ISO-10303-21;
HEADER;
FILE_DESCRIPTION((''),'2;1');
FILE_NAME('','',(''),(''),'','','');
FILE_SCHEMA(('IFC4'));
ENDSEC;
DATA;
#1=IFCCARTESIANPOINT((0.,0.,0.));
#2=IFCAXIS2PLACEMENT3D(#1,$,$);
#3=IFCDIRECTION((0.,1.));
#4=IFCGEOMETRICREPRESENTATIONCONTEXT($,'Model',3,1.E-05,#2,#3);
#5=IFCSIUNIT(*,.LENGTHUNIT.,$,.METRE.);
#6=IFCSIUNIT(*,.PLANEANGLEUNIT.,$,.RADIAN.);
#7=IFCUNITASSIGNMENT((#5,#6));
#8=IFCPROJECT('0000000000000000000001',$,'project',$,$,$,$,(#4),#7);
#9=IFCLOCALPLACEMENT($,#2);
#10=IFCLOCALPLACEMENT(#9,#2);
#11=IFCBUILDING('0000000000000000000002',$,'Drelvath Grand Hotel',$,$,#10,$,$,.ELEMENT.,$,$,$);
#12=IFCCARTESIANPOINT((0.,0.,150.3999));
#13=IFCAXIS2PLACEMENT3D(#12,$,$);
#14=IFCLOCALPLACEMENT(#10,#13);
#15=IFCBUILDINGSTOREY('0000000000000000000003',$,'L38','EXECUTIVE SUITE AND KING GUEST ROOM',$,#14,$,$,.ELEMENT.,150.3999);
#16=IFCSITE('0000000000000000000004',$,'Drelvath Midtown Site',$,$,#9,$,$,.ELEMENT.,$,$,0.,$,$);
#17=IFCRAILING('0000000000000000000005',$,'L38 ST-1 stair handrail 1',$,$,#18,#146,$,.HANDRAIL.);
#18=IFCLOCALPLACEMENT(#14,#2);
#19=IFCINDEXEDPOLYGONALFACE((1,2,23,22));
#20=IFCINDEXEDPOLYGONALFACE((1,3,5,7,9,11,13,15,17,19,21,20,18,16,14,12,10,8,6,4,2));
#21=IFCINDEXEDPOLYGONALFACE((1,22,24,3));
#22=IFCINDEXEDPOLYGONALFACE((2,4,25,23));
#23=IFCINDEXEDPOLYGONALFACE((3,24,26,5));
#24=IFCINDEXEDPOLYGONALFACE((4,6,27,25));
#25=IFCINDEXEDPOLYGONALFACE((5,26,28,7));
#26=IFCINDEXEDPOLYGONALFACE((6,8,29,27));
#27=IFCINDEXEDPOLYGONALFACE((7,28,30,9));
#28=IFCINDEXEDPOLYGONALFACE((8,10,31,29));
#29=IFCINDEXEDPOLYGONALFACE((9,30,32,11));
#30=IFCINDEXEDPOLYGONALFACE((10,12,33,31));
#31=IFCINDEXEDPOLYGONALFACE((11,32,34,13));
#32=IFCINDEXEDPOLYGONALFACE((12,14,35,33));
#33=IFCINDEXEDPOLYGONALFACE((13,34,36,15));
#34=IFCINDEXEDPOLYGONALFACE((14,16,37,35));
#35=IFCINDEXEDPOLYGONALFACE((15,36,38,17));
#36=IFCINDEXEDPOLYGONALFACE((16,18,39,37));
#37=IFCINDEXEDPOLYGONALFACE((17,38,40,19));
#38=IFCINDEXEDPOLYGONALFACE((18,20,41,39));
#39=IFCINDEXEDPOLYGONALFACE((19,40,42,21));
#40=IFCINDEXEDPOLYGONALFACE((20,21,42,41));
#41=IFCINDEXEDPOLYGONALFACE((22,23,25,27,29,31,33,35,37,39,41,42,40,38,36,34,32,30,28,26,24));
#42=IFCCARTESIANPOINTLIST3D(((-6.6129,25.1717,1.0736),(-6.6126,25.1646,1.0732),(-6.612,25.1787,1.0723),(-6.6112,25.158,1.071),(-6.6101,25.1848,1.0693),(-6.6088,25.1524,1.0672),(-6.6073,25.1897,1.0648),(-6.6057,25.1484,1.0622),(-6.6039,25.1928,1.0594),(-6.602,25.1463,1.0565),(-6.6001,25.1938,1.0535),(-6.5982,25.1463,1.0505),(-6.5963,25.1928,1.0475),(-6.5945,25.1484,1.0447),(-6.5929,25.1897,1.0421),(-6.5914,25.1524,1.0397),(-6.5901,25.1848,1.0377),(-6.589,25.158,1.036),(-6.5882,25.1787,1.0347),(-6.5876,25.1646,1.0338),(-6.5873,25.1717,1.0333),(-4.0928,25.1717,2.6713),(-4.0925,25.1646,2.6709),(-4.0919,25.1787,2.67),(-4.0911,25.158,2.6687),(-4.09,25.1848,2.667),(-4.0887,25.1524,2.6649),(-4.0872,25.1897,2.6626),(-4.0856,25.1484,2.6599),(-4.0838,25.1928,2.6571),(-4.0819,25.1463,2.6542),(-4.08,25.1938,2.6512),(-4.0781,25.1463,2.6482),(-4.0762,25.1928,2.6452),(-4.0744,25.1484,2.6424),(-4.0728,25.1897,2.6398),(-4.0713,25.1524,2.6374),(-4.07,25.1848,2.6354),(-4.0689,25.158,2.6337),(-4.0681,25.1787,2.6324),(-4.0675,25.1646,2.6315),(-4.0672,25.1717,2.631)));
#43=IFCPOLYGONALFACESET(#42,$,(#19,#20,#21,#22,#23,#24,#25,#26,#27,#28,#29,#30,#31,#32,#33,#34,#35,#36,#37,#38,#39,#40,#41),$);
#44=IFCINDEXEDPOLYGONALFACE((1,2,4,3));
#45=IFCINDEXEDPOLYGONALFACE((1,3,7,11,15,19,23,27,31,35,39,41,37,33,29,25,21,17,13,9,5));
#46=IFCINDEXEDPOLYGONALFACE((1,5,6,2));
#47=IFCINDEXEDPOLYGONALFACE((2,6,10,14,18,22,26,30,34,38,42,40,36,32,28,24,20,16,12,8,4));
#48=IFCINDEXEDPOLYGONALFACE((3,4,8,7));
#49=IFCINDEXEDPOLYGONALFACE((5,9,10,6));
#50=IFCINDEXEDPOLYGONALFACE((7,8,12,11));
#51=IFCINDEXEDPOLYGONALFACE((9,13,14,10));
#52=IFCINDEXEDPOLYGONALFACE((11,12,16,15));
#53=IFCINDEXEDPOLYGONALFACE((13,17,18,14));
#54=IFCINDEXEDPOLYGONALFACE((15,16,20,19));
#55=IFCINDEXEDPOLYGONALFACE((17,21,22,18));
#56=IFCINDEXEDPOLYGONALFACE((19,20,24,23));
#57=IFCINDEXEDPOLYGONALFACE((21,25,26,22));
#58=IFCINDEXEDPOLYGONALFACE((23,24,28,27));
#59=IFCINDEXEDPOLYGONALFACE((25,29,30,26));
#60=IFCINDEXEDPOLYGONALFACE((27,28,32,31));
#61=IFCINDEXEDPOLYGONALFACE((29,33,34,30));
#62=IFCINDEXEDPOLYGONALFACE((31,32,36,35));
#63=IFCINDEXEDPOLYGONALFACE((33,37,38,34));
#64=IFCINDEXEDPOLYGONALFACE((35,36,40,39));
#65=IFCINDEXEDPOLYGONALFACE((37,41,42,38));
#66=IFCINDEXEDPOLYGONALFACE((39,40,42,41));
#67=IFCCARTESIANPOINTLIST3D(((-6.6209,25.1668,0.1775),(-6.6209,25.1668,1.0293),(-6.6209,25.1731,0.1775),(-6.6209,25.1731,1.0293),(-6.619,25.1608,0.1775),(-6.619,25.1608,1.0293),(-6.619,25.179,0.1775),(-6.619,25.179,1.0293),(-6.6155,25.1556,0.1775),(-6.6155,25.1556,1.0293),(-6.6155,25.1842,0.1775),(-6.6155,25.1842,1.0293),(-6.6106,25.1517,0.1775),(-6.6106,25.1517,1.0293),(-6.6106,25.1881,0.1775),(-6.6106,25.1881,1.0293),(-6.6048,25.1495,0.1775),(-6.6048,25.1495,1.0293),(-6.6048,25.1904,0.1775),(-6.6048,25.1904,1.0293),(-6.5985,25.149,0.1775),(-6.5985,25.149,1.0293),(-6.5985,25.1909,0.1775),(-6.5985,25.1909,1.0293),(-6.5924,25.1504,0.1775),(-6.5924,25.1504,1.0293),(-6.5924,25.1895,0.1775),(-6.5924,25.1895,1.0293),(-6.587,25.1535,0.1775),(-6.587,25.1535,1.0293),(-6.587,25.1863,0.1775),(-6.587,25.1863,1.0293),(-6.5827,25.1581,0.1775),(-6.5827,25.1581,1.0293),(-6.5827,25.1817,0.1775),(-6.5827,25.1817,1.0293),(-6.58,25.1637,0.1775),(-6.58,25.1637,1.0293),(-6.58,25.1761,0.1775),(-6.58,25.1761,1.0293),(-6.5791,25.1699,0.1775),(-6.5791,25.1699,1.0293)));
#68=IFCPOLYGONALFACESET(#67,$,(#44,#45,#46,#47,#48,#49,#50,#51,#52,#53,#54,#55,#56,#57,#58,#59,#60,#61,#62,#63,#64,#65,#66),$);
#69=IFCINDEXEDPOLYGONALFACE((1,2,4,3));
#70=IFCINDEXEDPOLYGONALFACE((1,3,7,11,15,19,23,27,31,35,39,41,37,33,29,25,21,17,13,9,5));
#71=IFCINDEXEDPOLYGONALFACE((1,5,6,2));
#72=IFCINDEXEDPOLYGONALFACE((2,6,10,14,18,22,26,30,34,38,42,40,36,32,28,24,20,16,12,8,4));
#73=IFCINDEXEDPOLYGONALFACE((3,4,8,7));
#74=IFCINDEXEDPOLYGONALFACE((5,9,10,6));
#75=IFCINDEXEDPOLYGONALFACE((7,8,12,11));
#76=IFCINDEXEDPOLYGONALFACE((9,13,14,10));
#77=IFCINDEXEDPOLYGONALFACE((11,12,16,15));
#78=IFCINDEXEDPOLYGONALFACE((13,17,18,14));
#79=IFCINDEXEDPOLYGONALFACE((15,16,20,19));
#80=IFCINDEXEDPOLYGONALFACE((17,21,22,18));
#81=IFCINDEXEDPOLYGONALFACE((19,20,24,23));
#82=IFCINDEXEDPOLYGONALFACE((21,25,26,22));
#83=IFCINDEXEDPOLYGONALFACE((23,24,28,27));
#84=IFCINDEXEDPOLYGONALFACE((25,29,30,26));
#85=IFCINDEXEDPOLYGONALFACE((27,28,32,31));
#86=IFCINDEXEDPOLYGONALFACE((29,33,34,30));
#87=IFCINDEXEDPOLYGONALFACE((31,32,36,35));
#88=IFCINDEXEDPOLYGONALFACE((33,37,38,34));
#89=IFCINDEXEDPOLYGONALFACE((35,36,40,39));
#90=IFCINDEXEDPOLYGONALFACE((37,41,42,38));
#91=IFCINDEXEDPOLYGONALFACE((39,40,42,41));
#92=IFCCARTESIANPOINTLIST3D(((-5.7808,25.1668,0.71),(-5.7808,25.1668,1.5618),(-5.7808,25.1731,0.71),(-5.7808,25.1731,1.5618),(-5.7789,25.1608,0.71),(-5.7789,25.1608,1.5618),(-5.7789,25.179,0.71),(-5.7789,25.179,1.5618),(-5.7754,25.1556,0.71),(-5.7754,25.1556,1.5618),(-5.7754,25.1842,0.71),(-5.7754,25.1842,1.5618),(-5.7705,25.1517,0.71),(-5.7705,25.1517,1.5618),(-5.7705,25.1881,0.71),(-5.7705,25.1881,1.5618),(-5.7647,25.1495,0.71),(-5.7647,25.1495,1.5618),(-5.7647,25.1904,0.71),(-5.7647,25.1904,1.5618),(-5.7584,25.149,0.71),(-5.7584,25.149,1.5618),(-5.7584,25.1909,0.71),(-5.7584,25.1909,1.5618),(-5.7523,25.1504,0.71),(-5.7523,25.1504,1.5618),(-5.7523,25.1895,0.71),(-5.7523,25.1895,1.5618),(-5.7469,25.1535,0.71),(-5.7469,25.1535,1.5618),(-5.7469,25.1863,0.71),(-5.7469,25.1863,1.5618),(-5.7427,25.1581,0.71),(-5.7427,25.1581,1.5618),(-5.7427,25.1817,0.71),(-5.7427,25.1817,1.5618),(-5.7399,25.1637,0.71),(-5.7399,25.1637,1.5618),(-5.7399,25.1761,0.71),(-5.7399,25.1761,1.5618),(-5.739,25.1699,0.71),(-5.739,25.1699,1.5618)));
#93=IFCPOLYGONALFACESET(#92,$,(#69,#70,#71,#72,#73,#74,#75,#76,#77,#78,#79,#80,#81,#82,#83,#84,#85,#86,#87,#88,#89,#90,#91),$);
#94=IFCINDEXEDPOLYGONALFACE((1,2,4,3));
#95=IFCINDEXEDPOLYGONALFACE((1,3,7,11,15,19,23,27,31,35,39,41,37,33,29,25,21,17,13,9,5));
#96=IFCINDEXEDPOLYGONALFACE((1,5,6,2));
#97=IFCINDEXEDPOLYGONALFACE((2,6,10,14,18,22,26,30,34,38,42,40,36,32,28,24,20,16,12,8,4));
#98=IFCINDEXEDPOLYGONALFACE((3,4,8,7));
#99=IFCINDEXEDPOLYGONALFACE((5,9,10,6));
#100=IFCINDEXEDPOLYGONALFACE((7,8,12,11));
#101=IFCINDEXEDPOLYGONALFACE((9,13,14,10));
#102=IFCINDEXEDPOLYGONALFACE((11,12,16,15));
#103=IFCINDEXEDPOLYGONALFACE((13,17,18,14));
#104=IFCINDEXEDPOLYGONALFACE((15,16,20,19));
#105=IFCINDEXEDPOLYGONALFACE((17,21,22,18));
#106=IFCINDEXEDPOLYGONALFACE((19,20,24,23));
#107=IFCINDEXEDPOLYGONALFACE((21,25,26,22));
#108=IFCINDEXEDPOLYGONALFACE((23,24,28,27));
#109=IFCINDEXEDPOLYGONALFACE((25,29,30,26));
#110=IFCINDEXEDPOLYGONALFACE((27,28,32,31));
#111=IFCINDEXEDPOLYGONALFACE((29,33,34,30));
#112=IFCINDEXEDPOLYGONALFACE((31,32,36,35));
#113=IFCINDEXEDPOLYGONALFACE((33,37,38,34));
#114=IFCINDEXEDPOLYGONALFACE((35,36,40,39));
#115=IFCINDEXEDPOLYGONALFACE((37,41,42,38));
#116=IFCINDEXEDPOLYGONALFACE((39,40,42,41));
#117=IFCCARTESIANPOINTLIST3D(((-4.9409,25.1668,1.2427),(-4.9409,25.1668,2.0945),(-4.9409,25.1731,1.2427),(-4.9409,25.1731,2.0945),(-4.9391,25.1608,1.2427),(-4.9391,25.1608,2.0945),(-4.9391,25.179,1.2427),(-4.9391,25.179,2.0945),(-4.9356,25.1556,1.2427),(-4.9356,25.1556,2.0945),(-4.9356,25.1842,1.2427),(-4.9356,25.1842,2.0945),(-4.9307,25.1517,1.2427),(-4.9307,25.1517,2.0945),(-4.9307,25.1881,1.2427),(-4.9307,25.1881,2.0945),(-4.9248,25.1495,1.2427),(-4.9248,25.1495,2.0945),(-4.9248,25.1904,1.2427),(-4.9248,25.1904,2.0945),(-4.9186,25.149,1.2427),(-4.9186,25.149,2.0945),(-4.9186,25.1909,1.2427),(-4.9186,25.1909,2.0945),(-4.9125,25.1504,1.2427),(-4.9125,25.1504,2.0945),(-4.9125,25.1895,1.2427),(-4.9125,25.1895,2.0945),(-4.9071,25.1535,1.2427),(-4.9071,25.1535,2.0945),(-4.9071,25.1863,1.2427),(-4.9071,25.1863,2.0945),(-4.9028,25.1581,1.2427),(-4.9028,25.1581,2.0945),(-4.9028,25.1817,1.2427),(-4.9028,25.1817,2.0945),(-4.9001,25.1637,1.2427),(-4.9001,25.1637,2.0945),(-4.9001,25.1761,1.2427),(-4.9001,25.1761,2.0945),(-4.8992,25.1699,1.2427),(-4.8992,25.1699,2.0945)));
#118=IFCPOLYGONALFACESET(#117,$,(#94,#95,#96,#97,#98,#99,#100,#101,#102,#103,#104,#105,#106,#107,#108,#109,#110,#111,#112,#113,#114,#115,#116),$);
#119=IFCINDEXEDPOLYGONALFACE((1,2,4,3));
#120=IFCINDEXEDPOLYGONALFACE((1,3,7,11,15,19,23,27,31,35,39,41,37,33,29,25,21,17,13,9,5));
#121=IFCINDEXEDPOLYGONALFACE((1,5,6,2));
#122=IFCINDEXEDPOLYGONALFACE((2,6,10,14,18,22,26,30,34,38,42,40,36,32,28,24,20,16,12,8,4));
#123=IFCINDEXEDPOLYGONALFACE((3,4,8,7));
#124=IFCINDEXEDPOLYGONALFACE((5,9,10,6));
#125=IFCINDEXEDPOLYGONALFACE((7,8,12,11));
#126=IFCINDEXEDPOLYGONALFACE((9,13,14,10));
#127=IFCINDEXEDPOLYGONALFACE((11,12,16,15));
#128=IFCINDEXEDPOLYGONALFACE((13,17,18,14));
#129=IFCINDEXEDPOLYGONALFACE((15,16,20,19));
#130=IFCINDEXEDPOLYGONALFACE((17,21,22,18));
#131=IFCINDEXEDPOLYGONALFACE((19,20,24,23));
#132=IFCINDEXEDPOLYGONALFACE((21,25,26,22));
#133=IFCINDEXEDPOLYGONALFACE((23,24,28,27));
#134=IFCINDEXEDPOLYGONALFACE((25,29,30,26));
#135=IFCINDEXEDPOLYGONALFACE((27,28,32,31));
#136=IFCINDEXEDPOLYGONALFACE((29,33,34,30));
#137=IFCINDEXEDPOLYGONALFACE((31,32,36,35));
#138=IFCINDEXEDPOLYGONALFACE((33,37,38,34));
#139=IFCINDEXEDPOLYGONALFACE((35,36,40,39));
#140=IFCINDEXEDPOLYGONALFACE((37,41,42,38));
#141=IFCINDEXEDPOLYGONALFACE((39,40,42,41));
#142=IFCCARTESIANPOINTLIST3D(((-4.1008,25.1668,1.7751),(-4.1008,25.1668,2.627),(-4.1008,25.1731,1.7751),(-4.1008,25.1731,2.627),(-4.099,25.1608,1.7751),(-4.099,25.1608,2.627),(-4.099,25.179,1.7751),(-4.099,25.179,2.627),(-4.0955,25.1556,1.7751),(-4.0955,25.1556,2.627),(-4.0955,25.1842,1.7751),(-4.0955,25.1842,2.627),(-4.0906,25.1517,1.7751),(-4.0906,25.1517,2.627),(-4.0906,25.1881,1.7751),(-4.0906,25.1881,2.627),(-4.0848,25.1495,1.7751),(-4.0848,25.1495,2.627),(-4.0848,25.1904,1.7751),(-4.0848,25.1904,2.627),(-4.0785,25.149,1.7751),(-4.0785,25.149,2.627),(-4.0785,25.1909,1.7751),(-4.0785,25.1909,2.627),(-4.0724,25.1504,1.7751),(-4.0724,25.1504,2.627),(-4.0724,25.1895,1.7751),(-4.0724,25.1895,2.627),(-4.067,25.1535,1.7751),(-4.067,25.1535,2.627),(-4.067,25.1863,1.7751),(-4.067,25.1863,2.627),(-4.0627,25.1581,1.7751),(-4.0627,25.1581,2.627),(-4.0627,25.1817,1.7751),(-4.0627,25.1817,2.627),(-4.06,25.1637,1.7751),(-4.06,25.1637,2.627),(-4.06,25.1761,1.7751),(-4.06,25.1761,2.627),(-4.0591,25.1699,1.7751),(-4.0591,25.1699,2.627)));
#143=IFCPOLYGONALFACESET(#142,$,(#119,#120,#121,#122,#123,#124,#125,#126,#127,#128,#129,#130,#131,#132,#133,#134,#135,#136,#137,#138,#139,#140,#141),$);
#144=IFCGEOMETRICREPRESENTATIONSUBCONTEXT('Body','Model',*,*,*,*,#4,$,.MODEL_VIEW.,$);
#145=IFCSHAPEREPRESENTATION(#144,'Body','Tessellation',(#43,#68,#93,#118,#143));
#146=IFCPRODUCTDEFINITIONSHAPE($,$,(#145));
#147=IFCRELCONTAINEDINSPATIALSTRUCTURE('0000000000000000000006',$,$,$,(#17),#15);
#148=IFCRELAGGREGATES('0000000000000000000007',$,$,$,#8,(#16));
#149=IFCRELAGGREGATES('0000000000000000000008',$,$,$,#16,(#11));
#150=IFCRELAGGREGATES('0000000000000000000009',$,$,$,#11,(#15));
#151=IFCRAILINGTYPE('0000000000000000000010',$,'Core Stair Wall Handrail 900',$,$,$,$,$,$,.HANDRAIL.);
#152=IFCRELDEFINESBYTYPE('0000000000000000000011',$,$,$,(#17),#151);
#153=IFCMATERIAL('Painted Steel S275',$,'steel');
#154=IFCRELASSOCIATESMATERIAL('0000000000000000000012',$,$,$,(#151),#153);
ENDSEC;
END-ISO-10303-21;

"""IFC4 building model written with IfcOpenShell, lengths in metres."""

from ifc_helpers import new_model, si_unit, direction, frame, origin, origin_2d, place, context, subcontext, project, spatial, circle, extrude, material, type_object, element, save


model = new_model("IFC4")

# Units and contexts
model_context = context("Model", 3, precision=1e-05, world=origin(), true_north=direction((0.0, 1.0)))
body_context = subcontext(model_context, "Body", "Model", "MODEL_VIEW")
ifc_project = project(units=[si_unit("LENGTHUNIT", "METRE"), si_unit("PLANEANGLEUNIT", "RADIAN")], contexts=[model_context])

# Site, building, storey
site_placement = place(None, origin())
site = spatial("IfcSite", under=ifc_project, at=site_placement, Name="Drelvath Midtown Site", CompositionType="ELEMENT", RefElevation=0.0)
building_placement = place(site_placement, origin())
building = spatial("IfcBuilding", under=site, at=building_placement, Name="Drelvath Grand Hotel", CompositionType="ELEMENT")
storey_placement = place(building_placement, frame((0.0, 0.0, 150.3999)))
storey = spatial("IfcBuildingStorey", under=building, at=storey_placement, Name="L38", Description="EXECUTIVE SUITE AND KING GUEST ROOM", CompositionType="ELEMENT", Elevation=150.3999)

# Shared definitions
ifc_material_1 = material(Name="Painted Steel S275", Category="steel")

# Railing
railing_type_1 = type_object("IfcRailingType", Name="Core Stair Wall Handrail 900", PredefinedType="HANDRAIL", material=ifc_material_1)
railing_1_placement = place(storey_placement, frame((-6.6001, 25.1699, 0.1775)))
element("IfcRailing", 1, at=railing_1_placement, inside=storey, type_object=railing_type_1, Name="L38 ST-1 stair handrail 1", PredefinedType="HANDRAIL", context=body_context, shape_type="SweptSolid", body=[
    extrude(circle(Radius=0.0239, at=origin_2d()), frame((0.0, 0.0, 0.876), z_axis=(0.84457, 0.0, 0.535445), x_axis=(0.0, 1.0, 0.0)), (0.0, 0.0, 1.0), 2.9839),
    extrude(circle(Radius=0.021, at=origin_2d()), origin(), (0.0, 0.0, 1.0), 0.8518),
    extrude(circle(Radius=0.021, at=origin_2d()), frame((0.8401, 0.0, 0.5325)), (0.0, 0.0, 1.0), 0.8518),
    extrude(circle(Radius=0.021, at=origin_2d()), frame((1.6799, 0.0, 1.0652)), (0.0, 0.0, 1.0), 0.8518),
    extrude(circle(Radius=0.021, at=origin_2d()), frame((2.52, 0.0, 1.5977)), (0.0, 0.0, 1.0), 0.8518),
])

save(model, "model.ifc")
